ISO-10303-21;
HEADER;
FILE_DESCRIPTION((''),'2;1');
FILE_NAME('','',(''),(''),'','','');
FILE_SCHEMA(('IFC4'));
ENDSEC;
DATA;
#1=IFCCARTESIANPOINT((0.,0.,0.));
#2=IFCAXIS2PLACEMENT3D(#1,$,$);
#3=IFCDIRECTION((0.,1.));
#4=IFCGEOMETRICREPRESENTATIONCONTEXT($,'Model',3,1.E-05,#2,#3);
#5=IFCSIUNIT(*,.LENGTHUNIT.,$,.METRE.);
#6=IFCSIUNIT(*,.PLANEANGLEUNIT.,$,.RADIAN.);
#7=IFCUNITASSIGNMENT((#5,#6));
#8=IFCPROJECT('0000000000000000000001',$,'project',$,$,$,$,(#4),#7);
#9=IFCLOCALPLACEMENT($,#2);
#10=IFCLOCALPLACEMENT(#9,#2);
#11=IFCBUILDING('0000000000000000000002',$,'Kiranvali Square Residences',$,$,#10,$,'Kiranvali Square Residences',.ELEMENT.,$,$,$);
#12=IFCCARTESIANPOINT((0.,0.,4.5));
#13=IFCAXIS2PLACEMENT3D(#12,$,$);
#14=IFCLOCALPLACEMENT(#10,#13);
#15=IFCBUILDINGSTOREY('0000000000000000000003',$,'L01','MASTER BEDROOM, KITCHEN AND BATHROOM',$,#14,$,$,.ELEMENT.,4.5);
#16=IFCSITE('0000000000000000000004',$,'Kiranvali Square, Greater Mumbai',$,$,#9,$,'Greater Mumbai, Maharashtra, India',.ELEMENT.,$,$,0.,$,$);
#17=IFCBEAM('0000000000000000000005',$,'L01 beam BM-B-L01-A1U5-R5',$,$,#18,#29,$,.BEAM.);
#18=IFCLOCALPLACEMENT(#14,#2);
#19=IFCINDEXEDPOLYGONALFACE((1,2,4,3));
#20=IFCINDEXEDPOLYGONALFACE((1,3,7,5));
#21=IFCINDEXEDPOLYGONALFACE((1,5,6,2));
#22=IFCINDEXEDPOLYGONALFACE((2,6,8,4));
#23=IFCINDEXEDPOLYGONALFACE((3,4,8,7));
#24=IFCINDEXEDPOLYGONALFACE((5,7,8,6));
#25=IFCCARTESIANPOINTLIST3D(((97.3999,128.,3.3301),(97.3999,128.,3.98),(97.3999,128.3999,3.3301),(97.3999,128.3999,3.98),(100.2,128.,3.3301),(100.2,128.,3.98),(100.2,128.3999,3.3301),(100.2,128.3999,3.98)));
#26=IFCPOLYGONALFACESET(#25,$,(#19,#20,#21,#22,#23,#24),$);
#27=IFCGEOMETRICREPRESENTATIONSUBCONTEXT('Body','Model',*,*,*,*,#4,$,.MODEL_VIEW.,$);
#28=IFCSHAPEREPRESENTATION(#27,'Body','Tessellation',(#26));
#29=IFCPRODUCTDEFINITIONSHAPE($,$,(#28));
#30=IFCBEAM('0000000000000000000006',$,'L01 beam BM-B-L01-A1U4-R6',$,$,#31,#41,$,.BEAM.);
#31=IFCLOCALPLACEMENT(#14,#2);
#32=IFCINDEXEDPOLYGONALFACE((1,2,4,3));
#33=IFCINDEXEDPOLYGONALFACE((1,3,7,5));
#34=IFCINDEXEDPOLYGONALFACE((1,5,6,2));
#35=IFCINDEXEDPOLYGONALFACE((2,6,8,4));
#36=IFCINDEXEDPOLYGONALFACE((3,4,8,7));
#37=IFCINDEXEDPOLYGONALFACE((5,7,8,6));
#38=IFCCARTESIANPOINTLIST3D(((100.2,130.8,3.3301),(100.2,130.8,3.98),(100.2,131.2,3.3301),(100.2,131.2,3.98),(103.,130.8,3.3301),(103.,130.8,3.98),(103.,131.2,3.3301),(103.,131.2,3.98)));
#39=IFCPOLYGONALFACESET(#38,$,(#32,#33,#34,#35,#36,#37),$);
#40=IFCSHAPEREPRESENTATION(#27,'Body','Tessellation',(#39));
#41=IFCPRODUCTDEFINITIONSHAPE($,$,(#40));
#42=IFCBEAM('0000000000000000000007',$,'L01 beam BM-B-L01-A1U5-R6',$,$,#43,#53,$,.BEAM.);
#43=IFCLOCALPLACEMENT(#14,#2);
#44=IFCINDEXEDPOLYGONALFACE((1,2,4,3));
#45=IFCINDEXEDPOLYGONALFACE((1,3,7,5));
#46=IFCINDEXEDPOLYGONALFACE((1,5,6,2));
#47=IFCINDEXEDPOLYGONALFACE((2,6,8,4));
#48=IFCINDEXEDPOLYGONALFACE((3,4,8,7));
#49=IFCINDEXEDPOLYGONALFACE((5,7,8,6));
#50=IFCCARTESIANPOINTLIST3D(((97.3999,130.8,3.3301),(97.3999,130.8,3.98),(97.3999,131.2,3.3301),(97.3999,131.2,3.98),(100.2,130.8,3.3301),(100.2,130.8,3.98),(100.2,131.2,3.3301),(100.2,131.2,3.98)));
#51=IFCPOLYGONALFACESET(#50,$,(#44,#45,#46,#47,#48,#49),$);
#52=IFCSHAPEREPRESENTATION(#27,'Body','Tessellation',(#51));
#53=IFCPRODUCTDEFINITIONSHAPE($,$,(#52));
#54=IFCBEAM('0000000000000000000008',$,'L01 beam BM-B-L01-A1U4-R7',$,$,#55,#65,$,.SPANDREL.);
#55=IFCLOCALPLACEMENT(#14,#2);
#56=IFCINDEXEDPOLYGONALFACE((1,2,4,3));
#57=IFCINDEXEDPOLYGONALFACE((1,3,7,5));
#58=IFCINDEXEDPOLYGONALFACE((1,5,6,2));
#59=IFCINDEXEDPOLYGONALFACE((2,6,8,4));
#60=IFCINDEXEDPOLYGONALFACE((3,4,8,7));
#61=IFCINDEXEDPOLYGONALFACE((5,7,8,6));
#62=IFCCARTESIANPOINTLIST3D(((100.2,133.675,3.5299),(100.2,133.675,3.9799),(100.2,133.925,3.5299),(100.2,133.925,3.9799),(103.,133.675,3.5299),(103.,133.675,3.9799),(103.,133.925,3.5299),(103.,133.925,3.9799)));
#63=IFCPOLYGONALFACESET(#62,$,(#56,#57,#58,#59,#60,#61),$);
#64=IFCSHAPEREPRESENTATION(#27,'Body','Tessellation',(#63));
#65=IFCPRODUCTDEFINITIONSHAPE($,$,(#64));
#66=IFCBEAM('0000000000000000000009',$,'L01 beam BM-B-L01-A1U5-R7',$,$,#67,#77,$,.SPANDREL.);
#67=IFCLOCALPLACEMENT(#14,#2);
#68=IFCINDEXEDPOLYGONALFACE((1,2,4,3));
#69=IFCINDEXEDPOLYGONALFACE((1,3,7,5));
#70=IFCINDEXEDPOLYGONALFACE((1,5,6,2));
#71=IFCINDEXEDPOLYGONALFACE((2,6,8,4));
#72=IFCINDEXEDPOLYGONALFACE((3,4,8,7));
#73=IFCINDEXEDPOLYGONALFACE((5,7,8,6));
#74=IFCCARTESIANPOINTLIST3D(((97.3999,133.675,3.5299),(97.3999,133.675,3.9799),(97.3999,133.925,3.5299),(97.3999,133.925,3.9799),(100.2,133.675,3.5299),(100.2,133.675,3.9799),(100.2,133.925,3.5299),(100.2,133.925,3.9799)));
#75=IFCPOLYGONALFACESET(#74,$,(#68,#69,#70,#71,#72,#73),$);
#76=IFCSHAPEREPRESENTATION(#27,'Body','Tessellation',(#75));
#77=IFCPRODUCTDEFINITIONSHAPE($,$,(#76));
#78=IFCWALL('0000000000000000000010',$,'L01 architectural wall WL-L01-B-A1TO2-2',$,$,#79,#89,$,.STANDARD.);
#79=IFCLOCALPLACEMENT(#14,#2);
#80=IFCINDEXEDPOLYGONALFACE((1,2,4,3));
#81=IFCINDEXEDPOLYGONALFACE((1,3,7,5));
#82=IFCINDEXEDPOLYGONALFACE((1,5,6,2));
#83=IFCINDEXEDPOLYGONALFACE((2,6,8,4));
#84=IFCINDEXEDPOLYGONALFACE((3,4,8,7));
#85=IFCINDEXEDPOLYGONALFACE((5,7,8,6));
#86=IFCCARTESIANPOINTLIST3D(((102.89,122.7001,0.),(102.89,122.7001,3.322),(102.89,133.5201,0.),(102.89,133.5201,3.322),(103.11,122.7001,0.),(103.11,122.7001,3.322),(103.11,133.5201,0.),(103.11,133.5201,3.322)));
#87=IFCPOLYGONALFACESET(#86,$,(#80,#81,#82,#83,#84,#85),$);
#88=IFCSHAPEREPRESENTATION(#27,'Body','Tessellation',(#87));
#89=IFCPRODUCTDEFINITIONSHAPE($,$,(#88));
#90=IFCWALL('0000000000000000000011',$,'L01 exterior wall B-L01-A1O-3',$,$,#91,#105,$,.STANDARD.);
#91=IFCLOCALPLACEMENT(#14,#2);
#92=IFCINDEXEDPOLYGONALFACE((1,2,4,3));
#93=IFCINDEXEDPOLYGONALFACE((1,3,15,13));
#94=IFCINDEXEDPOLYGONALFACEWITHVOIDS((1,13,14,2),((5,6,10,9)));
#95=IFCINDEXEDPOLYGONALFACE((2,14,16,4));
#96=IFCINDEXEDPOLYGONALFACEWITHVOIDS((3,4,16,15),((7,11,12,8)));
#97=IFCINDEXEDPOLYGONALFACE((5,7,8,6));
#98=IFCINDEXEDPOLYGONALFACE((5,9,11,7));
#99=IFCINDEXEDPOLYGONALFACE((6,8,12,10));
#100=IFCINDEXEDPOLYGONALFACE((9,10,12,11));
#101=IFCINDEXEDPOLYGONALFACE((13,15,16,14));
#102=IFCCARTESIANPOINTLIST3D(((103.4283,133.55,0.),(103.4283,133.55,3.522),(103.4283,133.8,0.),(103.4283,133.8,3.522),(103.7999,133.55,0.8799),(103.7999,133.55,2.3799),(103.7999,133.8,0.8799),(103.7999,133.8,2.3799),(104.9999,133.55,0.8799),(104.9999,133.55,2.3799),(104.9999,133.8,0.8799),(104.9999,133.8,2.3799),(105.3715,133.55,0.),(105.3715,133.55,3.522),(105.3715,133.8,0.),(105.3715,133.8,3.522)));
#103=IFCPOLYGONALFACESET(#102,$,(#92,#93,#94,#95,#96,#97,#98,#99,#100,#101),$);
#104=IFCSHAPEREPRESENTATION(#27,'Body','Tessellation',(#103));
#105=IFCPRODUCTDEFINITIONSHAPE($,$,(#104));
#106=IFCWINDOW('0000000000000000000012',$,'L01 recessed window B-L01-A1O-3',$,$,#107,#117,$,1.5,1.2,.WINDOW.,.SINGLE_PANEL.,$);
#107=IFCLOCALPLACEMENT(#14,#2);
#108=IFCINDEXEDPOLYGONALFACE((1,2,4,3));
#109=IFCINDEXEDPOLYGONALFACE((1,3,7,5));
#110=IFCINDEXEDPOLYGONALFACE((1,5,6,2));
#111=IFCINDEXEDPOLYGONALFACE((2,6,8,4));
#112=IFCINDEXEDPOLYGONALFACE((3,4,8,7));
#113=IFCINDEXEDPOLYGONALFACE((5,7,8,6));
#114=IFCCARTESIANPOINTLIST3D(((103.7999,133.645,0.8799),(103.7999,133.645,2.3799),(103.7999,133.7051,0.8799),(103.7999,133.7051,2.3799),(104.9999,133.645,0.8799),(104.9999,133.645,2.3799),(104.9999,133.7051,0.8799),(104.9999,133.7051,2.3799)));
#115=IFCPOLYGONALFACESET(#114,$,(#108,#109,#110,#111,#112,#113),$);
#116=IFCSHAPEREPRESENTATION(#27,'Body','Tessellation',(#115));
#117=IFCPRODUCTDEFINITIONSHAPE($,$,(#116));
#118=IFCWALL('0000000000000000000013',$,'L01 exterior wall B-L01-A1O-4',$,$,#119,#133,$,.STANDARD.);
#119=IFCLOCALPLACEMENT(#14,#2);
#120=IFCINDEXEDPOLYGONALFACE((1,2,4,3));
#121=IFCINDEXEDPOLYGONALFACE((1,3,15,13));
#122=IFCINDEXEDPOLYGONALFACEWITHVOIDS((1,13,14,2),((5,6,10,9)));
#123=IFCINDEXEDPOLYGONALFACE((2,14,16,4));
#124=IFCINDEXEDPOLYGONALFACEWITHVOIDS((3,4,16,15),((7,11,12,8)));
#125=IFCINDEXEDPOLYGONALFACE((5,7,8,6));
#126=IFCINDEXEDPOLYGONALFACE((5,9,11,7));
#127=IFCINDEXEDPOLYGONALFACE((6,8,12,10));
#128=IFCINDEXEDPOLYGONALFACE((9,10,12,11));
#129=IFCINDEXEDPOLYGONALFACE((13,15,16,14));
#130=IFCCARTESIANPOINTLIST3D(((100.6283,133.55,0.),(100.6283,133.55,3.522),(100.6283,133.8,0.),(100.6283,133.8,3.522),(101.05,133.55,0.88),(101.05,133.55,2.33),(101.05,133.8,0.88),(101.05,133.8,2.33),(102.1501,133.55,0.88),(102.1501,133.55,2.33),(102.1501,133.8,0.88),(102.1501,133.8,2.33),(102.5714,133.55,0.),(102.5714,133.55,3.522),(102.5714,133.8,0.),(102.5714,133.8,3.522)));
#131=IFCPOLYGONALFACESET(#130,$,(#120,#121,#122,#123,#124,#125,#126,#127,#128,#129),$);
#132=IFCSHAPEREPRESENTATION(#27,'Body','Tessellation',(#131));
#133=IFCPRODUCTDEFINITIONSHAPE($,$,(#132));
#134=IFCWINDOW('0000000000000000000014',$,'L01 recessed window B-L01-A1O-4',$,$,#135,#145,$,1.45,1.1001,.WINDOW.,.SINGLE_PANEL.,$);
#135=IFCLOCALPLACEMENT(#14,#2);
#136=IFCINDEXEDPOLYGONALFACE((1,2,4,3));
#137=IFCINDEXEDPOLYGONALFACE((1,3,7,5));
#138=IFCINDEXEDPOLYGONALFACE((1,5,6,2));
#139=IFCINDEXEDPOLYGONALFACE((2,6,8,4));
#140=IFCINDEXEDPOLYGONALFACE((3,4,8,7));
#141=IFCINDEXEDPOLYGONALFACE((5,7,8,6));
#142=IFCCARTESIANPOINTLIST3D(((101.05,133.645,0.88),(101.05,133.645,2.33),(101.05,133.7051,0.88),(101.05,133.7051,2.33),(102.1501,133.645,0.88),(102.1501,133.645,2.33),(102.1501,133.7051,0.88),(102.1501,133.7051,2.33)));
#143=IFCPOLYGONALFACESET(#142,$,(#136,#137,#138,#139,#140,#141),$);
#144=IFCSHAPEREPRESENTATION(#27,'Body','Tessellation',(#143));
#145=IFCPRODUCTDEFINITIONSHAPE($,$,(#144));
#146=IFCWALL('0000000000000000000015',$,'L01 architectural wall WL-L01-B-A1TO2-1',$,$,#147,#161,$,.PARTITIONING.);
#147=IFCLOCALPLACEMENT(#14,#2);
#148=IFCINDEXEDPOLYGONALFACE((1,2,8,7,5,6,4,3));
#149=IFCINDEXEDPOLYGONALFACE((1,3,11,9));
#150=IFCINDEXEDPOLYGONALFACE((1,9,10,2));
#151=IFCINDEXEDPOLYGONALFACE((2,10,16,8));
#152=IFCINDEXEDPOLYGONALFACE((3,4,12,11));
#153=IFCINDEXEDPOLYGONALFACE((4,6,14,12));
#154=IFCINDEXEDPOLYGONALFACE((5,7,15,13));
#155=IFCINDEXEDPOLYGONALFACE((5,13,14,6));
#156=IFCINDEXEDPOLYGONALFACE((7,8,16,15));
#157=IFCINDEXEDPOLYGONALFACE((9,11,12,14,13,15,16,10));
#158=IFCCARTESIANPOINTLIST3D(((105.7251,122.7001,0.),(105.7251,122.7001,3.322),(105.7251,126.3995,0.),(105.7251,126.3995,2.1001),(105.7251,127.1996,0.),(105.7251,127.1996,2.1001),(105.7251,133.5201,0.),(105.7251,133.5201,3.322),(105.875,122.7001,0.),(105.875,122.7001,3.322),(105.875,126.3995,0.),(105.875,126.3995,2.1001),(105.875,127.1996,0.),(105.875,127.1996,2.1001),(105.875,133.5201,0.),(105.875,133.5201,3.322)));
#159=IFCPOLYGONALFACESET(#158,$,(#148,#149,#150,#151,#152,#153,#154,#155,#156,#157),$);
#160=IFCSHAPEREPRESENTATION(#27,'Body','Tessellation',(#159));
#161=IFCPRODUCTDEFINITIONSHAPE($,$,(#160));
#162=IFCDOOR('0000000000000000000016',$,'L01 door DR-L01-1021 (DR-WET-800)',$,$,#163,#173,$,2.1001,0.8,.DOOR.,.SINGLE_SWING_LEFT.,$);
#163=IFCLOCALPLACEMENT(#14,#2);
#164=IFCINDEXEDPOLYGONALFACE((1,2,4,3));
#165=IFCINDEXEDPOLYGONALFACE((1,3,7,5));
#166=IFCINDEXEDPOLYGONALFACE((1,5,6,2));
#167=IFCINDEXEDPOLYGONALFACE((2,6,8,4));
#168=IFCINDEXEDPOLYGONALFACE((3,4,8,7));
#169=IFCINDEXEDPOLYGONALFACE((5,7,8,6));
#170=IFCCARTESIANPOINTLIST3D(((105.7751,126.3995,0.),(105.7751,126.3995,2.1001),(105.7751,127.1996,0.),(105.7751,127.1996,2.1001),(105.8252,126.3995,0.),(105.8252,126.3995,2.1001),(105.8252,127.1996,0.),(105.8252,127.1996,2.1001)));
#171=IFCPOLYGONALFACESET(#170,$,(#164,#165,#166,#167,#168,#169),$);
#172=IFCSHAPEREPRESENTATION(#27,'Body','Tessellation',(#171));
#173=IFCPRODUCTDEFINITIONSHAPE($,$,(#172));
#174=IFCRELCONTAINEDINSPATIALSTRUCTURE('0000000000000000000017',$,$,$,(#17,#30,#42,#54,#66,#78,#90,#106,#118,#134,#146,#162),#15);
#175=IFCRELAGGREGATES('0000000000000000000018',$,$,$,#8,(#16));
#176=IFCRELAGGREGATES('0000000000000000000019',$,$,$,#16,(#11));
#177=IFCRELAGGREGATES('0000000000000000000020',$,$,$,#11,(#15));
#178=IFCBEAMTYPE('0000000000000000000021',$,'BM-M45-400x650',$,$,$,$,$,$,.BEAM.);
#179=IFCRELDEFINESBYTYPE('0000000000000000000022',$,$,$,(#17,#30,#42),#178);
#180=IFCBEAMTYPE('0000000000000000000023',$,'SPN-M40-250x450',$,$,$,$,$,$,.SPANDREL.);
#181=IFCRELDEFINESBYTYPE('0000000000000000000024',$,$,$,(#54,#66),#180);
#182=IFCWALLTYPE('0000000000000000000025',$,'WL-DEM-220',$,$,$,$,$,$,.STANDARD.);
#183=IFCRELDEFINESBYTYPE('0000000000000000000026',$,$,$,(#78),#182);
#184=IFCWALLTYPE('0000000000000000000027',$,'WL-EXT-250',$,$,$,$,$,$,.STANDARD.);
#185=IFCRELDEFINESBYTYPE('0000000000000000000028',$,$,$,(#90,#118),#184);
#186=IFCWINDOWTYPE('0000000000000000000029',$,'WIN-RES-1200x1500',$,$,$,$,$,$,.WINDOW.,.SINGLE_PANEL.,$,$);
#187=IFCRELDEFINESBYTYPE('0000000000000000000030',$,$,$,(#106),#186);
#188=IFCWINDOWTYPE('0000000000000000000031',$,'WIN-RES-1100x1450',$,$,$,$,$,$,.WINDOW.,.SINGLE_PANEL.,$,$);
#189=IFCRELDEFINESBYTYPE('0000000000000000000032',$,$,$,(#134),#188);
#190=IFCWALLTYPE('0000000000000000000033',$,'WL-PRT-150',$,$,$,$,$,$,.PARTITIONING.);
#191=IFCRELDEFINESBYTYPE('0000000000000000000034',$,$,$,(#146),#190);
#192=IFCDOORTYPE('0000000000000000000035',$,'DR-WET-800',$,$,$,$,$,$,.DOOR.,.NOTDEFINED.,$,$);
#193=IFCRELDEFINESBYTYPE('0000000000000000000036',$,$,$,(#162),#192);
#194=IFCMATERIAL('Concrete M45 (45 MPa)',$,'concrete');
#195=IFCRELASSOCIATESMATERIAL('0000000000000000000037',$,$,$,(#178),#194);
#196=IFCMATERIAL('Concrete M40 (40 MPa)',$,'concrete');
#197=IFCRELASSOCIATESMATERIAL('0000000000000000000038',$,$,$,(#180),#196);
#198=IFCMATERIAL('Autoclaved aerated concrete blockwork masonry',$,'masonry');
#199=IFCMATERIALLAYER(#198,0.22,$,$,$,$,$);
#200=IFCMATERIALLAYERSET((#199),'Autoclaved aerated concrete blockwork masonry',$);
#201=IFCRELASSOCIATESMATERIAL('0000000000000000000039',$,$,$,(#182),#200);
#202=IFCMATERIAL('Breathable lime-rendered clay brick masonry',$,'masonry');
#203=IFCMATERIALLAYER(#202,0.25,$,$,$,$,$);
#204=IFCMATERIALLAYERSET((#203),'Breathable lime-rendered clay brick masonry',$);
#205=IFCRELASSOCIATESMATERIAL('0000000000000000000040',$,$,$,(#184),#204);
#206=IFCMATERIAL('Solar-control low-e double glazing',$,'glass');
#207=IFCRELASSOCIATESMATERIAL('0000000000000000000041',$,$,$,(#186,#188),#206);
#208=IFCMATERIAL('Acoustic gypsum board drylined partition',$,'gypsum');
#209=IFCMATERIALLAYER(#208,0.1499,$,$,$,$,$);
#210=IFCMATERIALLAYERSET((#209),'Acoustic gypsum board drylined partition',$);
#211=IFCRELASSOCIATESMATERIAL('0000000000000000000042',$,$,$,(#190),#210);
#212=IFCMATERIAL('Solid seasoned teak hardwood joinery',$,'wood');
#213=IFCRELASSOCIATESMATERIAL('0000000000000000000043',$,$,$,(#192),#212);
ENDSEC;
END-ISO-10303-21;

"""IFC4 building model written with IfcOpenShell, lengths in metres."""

from ifc_helpers import new_model, si_unit, direction, frame, frame_2d, origin, origin_2d, place, context, subcontext, project, spatial, rectangle, extrude, material, layer, layer_set, material_profile, profile_set, type_object, element, fill, save


model = new_model("IFC4")

# Units and contexts
model_context = context("Model", 3, precision=1e-05, world=origin(), true_north=direction((0.0, 1.0)))
body_context = subcontext(model_context, "Body", "Model", "MODEL_VIEW")
ifc_project = project(units=[si_unit("LENGTHUNIT", "METRE"), si_unit("PLANEANGLEUNIT", "RADIAN")], contexts=[model_context])

# Site, building, storey
site_placement = place(None, origin())
site = spatial("IfcSite", under=ifc_project, at=site_placement, Name="Kiranvali Square, Greater Mumbai", LongName="Greater Mumbai, Maharashtra, India", CompositionType="ELEMENT", RefElevation=0.0)
building_placement = place(site_placement, origin())
building = spatial("IfcBuilding", under=site, at=building_placement, Name="Kiranvali Square Residences", LongName="Kiranvali Square Residences", CompositionType="ELEMENT")
storey_placement = place(building_placement, frame((0.0, 0.0, 4.5)))
storey = spatial("IfcBuildingStorey", under=building, at=storey_placement, Name="L01", Description="MASTER BEDROOM, KITCHEN AND BATHROOM", CompositionType="ELEMENT", Elevation=4.5)

# Beams
ifc_material_1 = material(Name="Concrete M40 (40 MPa)", Category="concrete")
ifc_material_2 = material(Name="Concrete M45 (45 MPa)", Category="concrete")
ifc_material_profile_1 = material_profile(ifc_material_2, rectangle(XDim=0.3999, YDim=0.6499, at=origin_2d()), Name="RC 400x650")
ifc_profile_set_1 = profile_set([ifc_material_profile_1], Name="Concrete M45 (45 MPa)")
beam_type_1 = type_object("IfcBeamType", Name="BM-M45-400x650", PredefinedType="BEAM", material=ifc_profile_set_1)
for number, where, z_axis, x_axis, name in (
    (1, (100.2, 128.2, 3.655), (-1.0, 0.0, 0.0), (0.0, -1.0, 0.0), "L01 beam BM-B-L01-A1U5-R5"),
    (2, (103.0, 131.0, 3.655), (-1.0, 0.0, 0.0), (0.0, -1.0, 0.0), "L01 beam BM-B-L01-A1U4-R6"),
    (3, (100.2, 131.0, 3.655), (-1.0, 0.0, 0.0), (0.0, -1.0, 0.0), "L01 beam BM-B-L01-A1U5-R6"),
):
    element("IfcBeam", number, at=place(storey_placement, frame(where, z_axis=z_axis, x_axis=x_axis)), inside=storey, type_object=beam_type_1, Name=name, PredefinedType="BEAM", context=body_context, shape_type="SweptSolid", body=[
        extrude(rectangle(XDim=0.3999, YDim=0.6499, at=origin_2d()), origin(), (0.0, 0.0, 1.0), 2.8),
    ])
ifc_material_profile_2 = material_profile(ifc_material_1, rectangle(XDim=0.25, YDim=0.45, at=origin_2d()), Name="RC 250x450")
ifc_profile_set_2 = profile_set([ifc_material_profile_2], Name="Concrete M40 (40 MPa)")
beam_type_2 = type_object("IfcBeamType", Name="SPN-M40-250x450", PredefinedType="SPANDREL", material=ifc_profile_set_2)
for number, where, z_axis, x_axis, name in (
    (4, (103.0, 133.8, 3.7549), (-1.0, 0.0, 0.0), (0.0, -1.0, 0.0), "L01 beam BM-B-L01-A1U4-R7"),
    (5, (100.2, 133.8, 3.7549), (-1.0, 0.0, 0.0), (0.0, -1.0, 0.0), "L01 beam BM-B-L01-A1U5-R7"),
):
    element("IfcBeam", number, at=place(storey_placement, frame(where, z_axis=z_axis, x_axis=x_axis)), inside=storey, type_object=beam_type_2, Name=name, PredefinedType="SPANDREL", context=body_context, shape_type="SweptSolid", body=[
        extrude(rectangle(XDim=0.25, YDim=0.45, at=origin_2d()), origin(), (0.0, 0.0, 1.0), 2.8),
    ])

# Wall
ifc_material_3 = material(Name="Autoclaved aerated concrete blockwork masonry", Category="masonry")
ifc_layer_1 = layer(ifc_material_3, 0.22)
ifc_layer_set_1 = layer_set([ifc_layer_1], Name="Autoclaved aerated concrete blockwork masonry")
wall_type_1 = type_object("IfcWallType", Name="WL-DEM-220", PredefinedType="STANDARD", material=ifc_layer_set_1)
wall_1_placement = place(storey_placement, frame((103.0, 122.7, 0.0), z_axis=(0.0, 0.0, 1.0), x_axis=(0.0, 1.0, 0.0)))
element("IfcWall", 6, at=wall_1_placement, inside=storey, type_object=wall_type_1, Name="L01 architectural wall WL-L01-B-A1TO2-2", PredefinedType="STANDARD", context=body_context, shape_type="SweptSolid", body=[
    extrude(rectangle(XDim=10.8201, YDim=0.22, at=frame_2d((5.4102, 0.0))), origin(), (0.0, 0.0, 1.0), 3.322),
])

# Walls, openings, windows
ifc_material_4 = material(Name="Breathable lime-rendered clay brick masonry", Category="masonry")
ifc_layer_2 = layer(ifc_material_4, 0.25)
ifc_layer_set_2 = layer_set([ifc_layer_2], Name="Breathable lime-rendered clay brick masonry")
wall_type_2 = type_object("IfcWallType", Name="WL-EXT-250", PredefinedType="STANDARD", material=ifc_layer_set_2)
wall_2_placement = place(storey_placement, frame((105.3716, 133.675, 0.0), z_axis=(0.0, 0.0, 1.0), x_axis=(-1.0, 0.0, 0.0)))
wall_2 = element("IfcWall", 7, at=wall_2_placement, inside=storey, type_object=wall_type_2, Name="L01 exterior wall B-L01-A1O-3", PredefinedType="STANDARD", context=body_context, shape_type="SweptSolid", body=[
    extrude(rectangle(XDim=1.9431, YDim=0.25, at=frame_2d((0.9717, 0.0))), origin(), (0.0, 0.0, 1.0), 3.522),
])
opening_1_placement = place(wall_2_placement, frame((0.3716, 0.0, 0.8799)))
opening_1 = element("IfcOpeningElement", 8, at=opening_1_placement, cuts=wall_2, PredefinedType="OPENING", context=body_context, shape_type="SweptSolid", body=[
    extrude(rectangle(XDim=1.2, YDim=1.5, at=frame_2d((0.6001, 0.75))), frame((0.0, 0.135, 0.0), z_axis=(0.0, -1.0, 0.0), x_axis=(1.0, 0.0, 0.0)), (0.0, 0.0, 1.0), 0.27),
])
ifc_material_5 = material(Name="Solar-control low-e double glazing", Category="glass")
window_type_1 = type_object("IfcWindowType", Name="WIN-RES-1200x1500", PartitioningType="SINGLE_PANEL", PredefinedType="WINDOW", material=ifc_material_5)
window_1_placement = place(opening_1_placement, origin())
window_1 = element("IfcWindow", 9, at=window_1_placement, inside=storey, type_object=window_type_1, Name="L01 recessed window B-L01-A1O-3", OverallHeight=1.5, OverallWidth=1.2, PartitioningType="SINGLE_PANEL", PredefinedType="WINDOW", context=body_context, shape_type="SweptSolid", body=[
    extrude(rectangle(XDim=1.2, YDim=1.5, at=frame_2d((0.6001, 0.75))), frame((0.0, 0.03, 0.0), z_axis=(0.0, -1.0, 0.0), x_axis=(1.0, 0.0, 0.0)), (0.0, 0.0, 1.0), 0.0601),
])
fill(opening_1, window_1)
wall_3_placement = place(storey_placement, frame((102.5715, 133.675, 0.0), z_axis=(0.0, 0.0, 1.0), x_axis=(-1.0, 0.0, 0.0)))
wall_3 = element("IfcWall", 10, at=wall_3_placement, inside=storey, type_object=wall_type_2, Name="L01 exterior wall B-L01-A1O-4", PredefinedType="STANDARD", context=body_context, shape_type="SweptSolid", body=[
    extrude(rectangle(XDim=1.9431, YDim=0.25, at=frame_2d((0.9717, 0.0))), origin(), (0.0, 0.0, 1.0), 3.522),
])
opening_2_placement = place(wall_3_placement, frame((0.4214, 0.0, 0.8799)))
opening_2 = element("IfcOpeningElement", 11, at=opening_2_placement, cuts=wall_3, PredefinedType="OPENING", context=body_context, shape_type="SweptSolid", body=[
    extrude(rectangle(XDim=1.1001, YDim=1.45, at=frame_2d((0.55, 0.7251))), frame((0.0, 0.135, 0.0), z_axis=(0.0, -1.0, 0.0), x_axis=(1.0, 0.0, 0.0)), (0.0, 0.0, 1.0), 0.27),
])
window_type_2 = type_object("IfcWindowType", Name="WIN-RES-1100x1450", PartitioningType="SINGLE_PANEL", PredefinedType="WINDOW", material=ifc_material_5)
window_2_placement = place(opening_2_placement, origin())
window_2 = element("IfcWindow", 12, at=window_2_placement, inside=storey, type_object=window_type_2, Name="L01 recessed window B-L01-A1O-4", OverallHeight=1.45, OverallWidth=1.1001, PartitioningType="SINGLE_PANEL", PredefinedType="WINDOW", context=body_context, shape_type="SweptSolid", body=[
    extrude(rectangle(XDim=1.1001, YDim=1.45, at=frame_2d((0.55, 0.7251))), frame((0.0, 0.03, 0.0), z_axis=(0.0, -1.0, 0.0), x_axis=(1.0, 0.0, 0.0)), (0.0, 0.0, 1.0), 0.0601),
])
fill(opening_2, window_2)

# Wall, opening, door
ifc_material_6 = material(Name="Acoustic gypsum board drylined partition", Category="gypsum")
ifc_layer_3 = layer(ifc_material_6, 0.1499)
ifc_layer_set_3 = layer_set([ifc_layer_3], Name="Acoustic gypsum board drylined partition")
wall_type_3 = type_object("IfcWallType", Name="WL-PRT-150", PredefinedType="PARTITIONING", material=ifc_layer_set_3)
wall_4_placement = place(storey_placement, frame((105.8, 122.7, 0.0), z_axis=(0.0, 0.0, 1.0), x_axis=(0.0, 1.0, 0.0)))
wall_4 = element("IfcWall", 13, at=wall_4_placement, inside=storey, type_object=wall_type_3, Name="L01 architectural wall WL-L01-B-A1TO2-1", PredefinedType="PARTITIONING", context=body_context, shape_type="SweptSolid", body=[
    extrude(rectangle(XDim=10.8201, YDim=0.1499, at=frame_2d((5.4102, 0.0))), origin(), (0.0, 0.0, 1.0), 3.322),
])
opening_3_placement = place(wall_4_placement, frame((3.6997, 0.0, 0.0)))
opening_3 = element("IfcOpeningElement", 14, at=opening_3_placement, cuts=wall_4, PredefinedType="OPENING", context=body_context, shape_type="SweptSolid", body=[
    extrude(rectangle(XDim=0.8, YDim=2.1001, at=frame_2d((0.3999, 1.05))), frame((0.0, 0.085, 0.0), z_axis=(0.0, -1.0, 0.0), x_axis=(1.0, 0.0, 0.0)), (0.0, 0.0, 1.0), 0.1699),
])
ifc_material_7 = material(Name="Solid seasoned teak hardwood joinery", Category="wood")
door_type_1 = type_object("IfcDoorType", Name="DR-WET-800", OperationType="NOTDEFINED", PredefinedType="DOOR", material=ifc_material_7)
door_1_placement = place(opening_3_placement, origin())
door_1 = element("IfcDoor", 15, at=door_1_placement, inside=storey, type_object=door_type_1, Name="L01 door DR-L01-1021 (DR-WET-800)", OperationType="SINGLE_SWING_LEFT", OverallHeight=2.1001, OverallWidth=0.8, PredefinedType="DOOR", context=body_context, shape_type="SweptSolid", body=[
    extrude(rectangle(XDim=0.8, YDim=2.1001, at=frame_2d((0.3999, 1.05))), frame((0.0, 0.0249, 0.0), z_axis=(0.0, -1.0, 0.0), x_axis=(1.0, 0.0, 0.0)), (0.0, 0.0, 1.0), 0.05),
])
fill(opening_3, door_1)

save(model, "model.ifc")
